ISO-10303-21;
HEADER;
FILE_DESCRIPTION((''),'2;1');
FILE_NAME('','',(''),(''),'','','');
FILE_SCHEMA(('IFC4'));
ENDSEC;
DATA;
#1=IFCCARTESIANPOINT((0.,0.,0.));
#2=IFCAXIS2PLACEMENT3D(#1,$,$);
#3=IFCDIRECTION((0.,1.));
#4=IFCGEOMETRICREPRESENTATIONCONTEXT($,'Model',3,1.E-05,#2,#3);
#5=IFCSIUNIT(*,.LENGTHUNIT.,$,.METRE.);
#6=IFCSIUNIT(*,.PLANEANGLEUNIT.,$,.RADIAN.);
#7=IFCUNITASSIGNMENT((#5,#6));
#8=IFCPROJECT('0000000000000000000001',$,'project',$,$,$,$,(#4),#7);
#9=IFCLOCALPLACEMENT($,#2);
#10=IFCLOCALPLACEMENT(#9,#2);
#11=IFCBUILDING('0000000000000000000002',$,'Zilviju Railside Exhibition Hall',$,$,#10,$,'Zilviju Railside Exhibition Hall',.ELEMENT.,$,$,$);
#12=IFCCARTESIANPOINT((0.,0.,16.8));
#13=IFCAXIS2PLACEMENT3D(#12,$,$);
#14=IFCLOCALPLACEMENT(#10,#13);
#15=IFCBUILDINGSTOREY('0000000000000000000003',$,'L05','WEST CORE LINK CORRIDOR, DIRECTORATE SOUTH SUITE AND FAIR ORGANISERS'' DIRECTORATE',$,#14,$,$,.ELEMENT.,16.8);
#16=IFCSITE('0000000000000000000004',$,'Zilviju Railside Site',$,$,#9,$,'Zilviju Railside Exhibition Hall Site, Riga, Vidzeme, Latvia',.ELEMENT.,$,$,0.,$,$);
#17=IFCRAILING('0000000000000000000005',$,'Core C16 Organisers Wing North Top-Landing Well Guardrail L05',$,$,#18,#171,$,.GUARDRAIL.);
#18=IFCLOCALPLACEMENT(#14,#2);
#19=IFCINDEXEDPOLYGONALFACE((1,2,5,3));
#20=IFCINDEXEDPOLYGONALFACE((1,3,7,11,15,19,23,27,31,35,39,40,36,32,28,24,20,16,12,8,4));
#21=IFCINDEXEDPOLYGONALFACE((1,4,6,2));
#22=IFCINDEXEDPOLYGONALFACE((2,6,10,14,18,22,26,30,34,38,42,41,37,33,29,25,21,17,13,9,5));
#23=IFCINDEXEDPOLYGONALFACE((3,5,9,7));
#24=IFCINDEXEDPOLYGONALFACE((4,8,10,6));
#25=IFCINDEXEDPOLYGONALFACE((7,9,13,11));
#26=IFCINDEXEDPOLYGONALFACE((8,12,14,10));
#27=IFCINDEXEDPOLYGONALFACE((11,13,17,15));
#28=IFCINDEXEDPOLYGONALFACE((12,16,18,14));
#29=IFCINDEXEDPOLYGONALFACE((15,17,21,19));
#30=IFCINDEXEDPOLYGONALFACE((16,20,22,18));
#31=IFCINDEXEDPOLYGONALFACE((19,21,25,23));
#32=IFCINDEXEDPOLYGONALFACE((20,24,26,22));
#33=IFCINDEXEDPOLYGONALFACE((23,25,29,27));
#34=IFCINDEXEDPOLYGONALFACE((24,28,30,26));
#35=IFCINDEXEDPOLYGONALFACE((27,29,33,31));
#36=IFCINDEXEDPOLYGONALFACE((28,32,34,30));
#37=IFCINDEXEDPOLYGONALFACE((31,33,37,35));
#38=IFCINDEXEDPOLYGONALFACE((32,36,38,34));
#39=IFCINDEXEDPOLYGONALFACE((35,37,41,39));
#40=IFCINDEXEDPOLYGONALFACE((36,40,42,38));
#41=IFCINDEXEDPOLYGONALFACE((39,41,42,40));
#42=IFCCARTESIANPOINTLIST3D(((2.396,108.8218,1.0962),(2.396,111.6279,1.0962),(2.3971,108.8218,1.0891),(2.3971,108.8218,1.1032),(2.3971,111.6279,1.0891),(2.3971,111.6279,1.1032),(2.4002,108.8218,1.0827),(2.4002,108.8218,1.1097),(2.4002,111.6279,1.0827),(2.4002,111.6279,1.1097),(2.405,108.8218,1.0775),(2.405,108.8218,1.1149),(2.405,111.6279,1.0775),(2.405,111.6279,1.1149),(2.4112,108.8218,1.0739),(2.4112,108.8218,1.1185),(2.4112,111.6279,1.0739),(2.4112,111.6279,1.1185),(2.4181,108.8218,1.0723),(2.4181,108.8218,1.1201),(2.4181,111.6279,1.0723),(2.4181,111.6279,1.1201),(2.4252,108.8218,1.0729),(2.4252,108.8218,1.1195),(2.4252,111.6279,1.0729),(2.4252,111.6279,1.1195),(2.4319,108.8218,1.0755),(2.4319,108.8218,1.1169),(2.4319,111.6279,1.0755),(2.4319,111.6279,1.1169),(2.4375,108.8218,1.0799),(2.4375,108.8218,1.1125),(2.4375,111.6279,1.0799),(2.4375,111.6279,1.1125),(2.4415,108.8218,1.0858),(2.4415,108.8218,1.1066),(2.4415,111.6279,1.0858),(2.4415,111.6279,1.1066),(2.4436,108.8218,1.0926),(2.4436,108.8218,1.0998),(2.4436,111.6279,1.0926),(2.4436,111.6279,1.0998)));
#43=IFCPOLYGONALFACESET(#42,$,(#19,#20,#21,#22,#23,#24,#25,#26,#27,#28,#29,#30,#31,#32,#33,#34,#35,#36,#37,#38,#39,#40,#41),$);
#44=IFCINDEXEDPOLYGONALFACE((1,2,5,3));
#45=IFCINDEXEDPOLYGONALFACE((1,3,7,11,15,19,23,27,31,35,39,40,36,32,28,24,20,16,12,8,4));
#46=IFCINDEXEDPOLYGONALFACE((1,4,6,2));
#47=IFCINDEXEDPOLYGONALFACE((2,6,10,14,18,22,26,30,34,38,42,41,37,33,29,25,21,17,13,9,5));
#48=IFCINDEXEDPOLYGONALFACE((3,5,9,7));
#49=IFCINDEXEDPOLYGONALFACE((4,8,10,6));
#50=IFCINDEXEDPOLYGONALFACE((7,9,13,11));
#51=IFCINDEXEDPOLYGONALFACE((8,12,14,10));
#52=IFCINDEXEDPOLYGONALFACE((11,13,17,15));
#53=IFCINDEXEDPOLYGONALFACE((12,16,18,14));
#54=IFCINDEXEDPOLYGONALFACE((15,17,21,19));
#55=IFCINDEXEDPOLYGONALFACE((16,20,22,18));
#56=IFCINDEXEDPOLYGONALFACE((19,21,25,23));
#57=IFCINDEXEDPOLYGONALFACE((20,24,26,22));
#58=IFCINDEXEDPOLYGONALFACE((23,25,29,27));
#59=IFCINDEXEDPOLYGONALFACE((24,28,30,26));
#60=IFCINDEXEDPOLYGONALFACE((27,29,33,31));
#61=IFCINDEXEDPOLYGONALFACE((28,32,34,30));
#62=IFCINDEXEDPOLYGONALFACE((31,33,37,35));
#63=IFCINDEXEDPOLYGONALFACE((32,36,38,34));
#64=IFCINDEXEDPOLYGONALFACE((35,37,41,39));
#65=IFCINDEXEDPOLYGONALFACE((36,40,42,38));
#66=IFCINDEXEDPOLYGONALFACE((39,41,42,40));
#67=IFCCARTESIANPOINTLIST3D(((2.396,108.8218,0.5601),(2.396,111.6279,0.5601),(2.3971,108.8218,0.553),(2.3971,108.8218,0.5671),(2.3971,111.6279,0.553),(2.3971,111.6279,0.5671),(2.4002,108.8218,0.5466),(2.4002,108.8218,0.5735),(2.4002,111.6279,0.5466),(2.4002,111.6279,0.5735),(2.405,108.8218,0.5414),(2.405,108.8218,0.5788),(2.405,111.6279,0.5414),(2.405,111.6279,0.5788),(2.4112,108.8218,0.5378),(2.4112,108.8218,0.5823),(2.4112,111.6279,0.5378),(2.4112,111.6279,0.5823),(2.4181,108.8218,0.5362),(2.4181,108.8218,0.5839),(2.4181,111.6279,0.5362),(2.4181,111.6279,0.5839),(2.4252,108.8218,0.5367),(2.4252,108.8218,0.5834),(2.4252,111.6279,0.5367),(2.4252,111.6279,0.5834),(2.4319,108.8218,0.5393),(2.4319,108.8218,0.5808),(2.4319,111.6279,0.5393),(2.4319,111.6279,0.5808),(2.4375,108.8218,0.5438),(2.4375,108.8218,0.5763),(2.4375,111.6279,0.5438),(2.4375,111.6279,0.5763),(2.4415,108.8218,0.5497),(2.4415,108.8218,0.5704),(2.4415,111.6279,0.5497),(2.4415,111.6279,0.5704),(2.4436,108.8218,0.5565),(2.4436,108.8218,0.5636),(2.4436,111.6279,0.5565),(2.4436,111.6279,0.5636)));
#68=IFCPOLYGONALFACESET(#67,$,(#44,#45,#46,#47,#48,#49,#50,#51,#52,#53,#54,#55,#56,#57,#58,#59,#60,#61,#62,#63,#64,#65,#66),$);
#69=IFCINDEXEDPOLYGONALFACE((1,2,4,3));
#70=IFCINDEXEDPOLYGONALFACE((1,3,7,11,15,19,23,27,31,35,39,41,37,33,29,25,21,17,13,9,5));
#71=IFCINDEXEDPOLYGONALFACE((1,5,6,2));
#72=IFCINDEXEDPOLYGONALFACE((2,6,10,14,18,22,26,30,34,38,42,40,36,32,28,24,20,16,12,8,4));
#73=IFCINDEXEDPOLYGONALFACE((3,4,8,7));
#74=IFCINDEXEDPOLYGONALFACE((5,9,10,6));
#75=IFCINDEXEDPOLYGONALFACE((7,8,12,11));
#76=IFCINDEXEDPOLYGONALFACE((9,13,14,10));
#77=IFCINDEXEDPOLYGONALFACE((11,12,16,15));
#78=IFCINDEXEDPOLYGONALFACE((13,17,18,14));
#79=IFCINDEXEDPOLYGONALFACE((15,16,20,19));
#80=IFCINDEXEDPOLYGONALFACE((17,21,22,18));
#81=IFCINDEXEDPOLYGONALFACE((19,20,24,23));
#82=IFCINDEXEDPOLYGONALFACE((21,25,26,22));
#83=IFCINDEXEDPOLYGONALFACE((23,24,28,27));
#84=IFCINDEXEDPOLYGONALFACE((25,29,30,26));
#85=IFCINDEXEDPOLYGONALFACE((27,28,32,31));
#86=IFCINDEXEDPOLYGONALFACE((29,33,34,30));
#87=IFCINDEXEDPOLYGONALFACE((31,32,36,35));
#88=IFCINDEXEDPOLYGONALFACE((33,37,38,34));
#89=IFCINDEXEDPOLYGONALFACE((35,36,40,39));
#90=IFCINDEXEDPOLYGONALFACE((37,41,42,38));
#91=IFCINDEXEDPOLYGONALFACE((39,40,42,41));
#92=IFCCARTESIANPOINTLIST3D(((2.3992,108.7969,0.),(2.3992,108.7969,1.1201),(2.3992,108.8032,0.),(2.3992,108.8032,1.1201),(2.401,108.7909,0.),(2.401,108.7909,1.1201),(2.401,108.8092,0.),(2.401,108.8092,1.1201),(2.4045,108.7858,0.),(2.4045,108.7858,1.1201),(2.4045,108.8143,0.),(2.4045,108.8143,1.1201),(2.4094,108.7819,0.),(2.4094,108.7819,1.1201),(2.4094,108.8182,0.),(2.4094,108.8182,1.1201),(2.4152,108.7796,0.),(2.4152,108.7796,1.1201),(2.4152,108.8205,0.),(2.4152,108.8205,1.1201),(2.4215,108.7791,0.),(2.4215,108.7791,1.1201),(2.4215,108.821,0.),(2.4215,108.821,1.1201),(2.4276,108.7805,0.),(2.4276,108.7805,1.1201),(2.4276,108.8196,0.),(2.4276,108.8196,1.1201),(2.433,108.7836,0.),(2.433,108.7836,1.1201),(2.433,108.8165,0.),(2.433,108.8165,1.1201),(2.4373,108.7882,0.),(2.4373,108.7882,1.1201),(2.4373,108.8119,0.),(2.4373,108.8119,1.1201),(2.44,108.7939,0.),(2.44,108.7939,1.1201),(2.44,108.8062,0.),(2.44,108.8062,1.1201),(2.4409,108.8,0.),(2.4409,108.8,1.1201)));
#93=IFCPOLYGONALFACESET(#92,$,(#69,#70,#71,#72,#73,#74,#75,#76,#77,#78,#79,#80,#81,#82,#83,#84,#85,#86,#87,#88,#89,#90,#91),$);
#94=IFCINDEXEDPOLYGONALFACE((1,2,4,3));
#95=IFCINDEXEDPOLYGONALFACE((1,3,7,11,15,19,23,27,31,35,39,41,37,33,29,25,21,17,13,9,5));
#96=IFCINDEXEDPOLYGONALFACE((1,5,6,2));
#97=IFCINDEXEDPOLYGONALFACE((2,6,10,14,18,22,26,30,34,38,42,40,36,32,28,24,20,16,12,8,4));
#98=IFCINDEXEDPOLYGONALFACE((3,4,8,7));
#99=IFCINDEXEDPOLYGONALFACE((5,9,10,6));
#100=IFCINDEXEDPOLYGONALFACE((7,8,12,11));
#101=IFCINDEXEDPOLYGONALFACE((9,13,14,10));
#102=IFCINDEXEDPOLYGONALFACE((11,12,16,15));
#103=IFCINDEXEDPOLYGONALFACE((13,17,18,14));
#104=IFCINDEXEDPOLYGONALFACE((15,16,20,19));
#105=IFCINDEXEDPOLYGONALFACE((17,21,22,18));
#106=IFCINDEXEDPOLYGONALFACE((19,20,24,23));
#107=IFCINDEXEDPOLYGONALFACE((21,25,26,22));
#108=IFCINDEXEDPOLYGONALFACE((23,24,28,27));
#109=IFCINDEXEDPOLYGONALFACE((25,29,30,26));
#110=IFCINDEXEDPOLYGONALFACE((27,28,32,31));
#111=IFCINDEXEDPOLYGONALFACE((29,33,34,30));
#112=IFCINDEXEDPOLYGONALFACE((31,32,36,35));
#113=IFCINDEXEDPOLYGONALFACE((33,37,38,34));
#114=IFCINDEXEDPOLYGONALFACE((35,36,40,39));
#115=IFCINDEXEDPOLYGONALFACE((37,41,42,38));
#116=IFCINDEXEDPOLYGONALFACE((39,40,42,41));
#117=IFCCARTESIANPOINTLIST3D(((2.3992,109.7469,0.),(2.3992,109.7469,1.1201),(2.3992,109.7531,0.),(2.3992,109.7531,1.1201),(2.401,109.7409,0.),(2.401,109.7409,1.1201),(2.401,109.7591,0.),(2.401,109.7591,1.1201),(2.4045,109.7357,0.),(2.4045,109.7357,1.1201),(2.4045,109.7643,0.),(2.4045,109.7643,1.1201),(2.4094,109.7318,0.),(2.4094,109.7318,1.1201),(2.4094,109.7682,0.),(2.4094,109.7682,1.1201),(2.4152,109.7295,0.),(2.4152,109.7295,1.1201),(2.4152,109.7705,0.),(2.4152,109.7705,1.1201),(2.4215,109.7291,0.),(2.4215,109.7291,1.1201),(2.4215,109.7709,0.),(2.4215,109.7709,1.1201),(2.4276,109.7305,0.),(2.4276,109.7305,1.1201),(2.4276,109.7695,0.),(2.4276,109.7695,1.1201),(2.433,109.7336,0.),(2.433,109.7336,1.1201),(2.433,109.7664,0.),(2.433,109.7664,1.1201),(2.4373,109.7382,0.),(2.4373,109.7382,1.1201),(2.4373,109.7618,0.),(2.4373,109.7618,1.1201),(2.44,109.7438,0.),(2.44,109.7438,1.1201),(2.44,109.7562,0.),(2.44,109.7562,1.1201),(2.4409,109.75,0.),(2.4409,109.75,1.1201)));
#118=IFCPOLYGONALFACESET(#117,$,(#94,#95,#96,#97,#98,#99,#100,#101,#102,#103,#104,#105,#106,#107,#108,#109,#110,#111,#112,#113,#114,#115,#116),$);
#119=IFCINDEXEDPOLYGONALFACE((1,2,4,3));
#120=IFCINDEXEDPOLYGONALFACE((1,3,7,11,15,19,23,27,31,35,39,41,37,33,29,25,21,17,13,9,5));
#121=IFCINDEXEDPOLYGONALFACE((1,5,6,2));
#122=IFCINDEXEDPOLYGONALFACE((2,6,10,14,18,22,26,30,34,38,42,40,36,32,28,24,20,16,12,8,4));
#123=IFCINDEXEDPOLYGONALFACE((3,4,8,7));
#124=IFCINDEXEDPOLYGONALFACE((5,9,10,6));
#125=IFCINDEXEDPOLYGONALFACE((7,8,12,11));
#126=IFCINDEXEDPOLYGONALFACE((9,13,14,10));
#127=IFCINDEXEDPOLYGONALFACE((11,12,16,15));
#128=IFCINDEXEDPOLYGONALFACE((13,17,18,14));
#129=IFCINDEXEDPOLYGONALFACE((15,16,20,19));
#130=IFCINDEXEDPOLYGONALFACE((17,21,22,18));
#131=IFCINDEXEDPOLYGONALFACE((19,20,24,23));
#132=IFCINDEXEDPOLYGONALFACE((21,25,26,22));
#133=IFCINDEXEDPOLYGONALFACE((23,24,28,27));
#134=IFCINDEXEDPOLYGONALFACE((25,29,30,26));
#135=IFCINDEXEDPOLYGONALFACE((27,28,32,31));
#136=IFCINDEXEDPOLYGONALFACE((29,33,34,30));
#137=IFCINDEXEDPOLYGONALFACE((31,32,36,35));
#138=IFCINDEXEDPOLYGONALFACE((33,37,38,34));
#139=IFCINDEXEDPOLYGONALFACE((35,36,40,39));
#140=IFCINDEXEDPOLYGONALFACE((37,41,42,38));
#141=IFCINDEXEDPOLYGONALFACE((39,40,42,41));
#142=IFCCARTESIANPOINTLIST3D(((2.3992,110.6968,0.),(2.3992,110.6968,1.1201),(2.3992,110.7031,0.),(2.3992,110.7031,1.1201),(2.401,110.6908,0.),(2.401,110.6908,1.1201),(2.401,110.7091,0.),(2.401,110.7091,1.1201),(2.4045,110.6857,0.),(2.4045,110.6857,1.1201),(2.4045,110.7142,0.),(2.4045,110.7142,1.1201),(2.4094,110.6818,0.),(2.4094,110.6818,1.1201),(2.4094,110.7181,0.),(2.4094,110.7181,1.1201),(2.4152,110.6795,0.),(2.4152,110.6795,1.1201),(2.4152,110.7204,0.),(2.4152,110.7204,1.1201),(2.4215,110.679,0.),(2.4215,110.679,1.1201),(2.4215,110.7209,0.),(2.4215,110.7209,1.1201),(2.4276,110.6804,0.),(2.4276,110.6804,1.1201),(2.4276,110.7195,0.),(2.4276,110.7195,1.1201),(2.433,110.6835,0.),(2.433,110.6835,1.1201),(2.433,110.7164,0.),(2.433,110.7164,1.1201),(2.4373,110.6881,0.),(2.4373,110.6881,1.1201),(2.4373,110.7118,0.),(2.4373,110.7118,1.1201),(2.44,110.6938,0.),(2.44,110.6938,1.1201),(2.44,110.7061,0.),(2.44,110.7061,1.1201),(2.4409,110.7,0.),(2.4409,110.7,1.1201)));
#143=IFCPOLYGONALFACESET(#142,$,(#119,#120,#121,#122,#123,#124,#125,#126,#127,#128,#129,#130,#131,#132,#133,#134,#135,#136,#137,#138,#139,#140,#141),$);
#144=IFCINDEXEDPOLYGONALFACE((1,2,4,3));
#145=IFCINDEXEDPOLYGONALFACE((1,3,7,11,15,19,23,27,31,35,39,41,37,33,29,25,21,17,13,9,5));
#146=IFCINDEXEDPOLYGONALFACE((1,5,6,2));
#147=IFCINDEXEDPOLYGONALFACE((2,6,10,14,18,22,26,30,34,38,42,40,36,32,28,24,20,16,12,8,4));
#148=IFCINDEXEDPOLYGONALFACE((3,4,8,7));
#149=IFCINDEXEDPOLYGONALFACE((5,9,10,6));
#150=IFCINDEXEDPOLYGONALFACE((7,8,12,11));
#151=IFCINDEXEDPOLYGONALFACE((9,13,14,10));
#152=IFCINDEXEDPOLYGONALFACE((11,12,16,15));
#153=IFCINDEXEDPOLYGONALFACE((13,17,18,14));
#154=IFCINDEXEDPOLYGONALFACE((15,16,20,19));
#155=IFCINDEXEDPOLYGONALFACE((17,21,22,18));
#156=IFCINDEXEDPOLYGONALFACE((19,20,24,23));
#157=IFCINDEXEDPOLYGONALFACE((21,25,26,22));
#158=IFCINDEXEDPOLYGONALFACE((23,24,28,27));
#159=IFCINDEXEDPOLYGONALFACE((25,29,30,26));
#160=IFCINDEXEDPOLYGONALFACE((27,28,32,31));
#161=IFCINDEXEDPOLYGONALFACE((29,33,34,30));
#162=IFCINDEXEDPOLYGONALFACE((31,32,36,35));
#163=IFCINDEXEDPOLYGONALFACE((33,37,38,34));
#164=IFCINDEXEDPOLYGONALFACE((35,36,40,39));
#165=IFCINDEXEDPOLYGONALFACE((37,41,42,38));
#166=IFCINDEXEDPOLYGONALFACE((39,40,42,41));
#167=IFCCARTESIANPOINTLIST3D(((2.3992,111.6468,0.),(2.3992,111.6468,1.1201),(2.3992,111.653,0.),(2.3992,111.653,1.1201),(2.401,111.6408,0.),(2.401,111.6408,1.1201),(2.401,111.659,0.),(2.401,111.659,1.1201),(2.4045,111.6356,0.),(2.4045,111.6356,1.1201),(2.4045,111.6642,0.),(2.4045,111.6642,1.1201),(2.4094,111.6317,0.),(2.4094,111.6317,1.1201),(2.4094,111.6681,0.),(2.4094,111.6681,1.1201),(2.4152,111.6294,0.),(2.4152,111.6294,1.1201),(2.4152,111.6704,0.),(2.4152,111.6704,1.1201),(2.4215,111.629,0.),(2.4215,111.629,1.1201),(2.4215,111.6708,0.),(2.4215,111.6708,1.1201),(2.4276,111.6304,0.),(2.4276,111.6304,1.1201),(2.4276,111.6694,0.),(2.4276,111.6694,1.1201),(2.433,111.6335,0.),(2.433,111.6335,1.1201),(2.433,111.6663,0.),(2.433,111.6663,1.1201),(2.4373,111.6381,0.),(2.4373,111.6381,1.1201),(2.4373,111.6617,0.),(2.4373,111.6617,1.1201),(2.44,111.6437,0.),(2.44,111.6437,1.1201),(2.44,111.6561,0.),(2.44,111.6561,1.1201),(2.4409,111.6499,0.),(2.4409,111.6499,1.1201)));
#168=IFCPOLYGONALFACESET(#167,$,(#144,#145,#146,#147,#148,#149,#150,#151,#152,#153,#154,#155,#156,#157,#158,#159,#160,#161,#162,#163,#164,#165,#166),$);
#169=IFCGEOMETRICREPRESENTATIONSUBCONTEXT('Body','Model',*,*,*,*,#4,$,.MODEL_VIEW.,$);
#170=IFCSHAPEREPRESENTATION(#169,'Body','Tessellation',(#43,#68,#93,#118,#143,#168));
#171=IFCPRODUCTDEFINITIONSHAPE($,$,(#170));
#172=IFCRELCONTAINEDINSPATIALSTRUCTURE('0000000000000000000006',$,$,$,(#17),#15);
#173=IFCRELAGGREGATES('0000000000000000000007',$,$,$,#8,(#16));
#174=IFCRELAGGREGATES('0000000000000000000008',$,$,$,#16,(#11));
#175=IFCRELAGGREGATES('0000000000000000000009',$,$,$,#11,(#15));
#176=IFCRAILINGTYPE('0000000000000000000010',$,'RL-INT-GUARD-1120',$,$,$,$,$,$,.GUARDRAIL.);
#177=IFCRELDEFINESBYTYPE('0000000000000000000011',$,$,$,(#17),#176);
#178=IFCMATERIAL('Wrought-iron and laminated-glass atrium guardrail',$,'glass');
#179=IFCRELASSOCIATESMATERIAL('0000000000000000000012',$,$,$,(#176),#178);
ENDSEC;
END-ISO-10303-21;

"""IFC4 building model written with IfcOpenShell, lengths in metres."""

from ifc_helpers import new_model, si_unit, direction, frame, origin, origin_2d, place, context, subcontext, project, spatial, circle, extrude, material, type_object, element, save


model = new_model("IFC4")

# Units and contexts
model_context = context("Model", 3, precision=1e-05, world=origin(), true_north=direction((0.0, 1.0)))
body_context = subcontext(model_context, "Body", "Model", "MODEL_VIEW")
ifc_project = project(units=[si_unit("LENGTHUNIT", "METRE"), si_unit("PLANEANGLEUNIT", "RADIAN")], contexts=[model_context])

# Site, building, storey
site_placement = place(None, origin())
site = spatial("IfcSite", under=ifc_project, at=site_placement, Name="Zilviju Railside Site", LongName="Zilviju Railside Exhibition Hall Site, Riga, Vidzeme, Latvia", CompositionType="ELEMENT", RefElevation=0.0)
building_placement = place(site_placement, origin())
building = spatial("IfcBuilding", under=site, at=building_placement, Name="Zilviju Railside Exhibition Hall", LongName="Zilviju Railside Exhibition Hall", CompositionType="ELEMENT")
storey_placement = place(building_placement, frame((0.0, 0.0, 16.8)))
storey = spatial("IfcBuildingStorey", under=building, at=storey_placement, Name="L05", Description="WEST CORE LINK CORRIDOR, DIRECTORATE SOUTH SUITE AND FAIR ORGANISERS' DIRECTORATE", CompositionType="ELEMENT", Elevation=16.8)

# Railing
ifc_material_1 = material(Name="Wrought-iron and laminated-glass atrium guardrail", Category="glass")
railing_type = type_object("IfcRailingType", Name="RL-INT-GUARD-1120", PredefinedType="GUARDRAIL", material=ifc_material_1)
railing_placement = place(storey_placement, frame((2.4199, 108.8, 0.0)))
element("IfcRailing", 1, at=railing_placement, inside=storey, type_object=railing_type, Name="Core C16 Organisers Wing North Top-Landing Well Guardrail L05", PredefinedType="GUARDRAIL", context=body_context, shape_type="SweptSolid", body=[
    extrude(circle(Radius=0.0239, at=origin_2d()), frame((0.0, 0.0217, 1.0962), z_axis=(0.0, 1.0, 0.0), x_axis=(-1.0, 0.0, 0.0)), (0.0, 0.0, 1.0), 2.8062),
    extrude(circle(Radius=0.0239, at=origin_2d()), frame((0.0, 0.0217, 0.5601), z_axis=(0.0, 1.0, 0.0), x_axis=(-1.0, 0.0, 0.0)), (0.0, 0.0, 1.0), 2.8062),
    extrude(circle(Radius=0.021, at=origin_2d()), origin(), (0.0, 0.0, 1.0), 1.1201),
    extrude(circle(Radius=0.021, at=origin_2d()), frame((0.0, 0.95, 0.0)), (0.0, 0.0, 1.0), 1.1201),
    extrude(circle(Radius=0.021, at=origin_2d()), frame((0.0, 1.8999, 0.0)), (0.0, 0.0, 1.0), 1.1201),
    extrude(circle(Radius=0.021, at=origin_2d()), frame((0.0, 2.8499, 0.0)), (0.0, 0.0, 1.0), 1.1201),
])

save(model, "model.ifc")
